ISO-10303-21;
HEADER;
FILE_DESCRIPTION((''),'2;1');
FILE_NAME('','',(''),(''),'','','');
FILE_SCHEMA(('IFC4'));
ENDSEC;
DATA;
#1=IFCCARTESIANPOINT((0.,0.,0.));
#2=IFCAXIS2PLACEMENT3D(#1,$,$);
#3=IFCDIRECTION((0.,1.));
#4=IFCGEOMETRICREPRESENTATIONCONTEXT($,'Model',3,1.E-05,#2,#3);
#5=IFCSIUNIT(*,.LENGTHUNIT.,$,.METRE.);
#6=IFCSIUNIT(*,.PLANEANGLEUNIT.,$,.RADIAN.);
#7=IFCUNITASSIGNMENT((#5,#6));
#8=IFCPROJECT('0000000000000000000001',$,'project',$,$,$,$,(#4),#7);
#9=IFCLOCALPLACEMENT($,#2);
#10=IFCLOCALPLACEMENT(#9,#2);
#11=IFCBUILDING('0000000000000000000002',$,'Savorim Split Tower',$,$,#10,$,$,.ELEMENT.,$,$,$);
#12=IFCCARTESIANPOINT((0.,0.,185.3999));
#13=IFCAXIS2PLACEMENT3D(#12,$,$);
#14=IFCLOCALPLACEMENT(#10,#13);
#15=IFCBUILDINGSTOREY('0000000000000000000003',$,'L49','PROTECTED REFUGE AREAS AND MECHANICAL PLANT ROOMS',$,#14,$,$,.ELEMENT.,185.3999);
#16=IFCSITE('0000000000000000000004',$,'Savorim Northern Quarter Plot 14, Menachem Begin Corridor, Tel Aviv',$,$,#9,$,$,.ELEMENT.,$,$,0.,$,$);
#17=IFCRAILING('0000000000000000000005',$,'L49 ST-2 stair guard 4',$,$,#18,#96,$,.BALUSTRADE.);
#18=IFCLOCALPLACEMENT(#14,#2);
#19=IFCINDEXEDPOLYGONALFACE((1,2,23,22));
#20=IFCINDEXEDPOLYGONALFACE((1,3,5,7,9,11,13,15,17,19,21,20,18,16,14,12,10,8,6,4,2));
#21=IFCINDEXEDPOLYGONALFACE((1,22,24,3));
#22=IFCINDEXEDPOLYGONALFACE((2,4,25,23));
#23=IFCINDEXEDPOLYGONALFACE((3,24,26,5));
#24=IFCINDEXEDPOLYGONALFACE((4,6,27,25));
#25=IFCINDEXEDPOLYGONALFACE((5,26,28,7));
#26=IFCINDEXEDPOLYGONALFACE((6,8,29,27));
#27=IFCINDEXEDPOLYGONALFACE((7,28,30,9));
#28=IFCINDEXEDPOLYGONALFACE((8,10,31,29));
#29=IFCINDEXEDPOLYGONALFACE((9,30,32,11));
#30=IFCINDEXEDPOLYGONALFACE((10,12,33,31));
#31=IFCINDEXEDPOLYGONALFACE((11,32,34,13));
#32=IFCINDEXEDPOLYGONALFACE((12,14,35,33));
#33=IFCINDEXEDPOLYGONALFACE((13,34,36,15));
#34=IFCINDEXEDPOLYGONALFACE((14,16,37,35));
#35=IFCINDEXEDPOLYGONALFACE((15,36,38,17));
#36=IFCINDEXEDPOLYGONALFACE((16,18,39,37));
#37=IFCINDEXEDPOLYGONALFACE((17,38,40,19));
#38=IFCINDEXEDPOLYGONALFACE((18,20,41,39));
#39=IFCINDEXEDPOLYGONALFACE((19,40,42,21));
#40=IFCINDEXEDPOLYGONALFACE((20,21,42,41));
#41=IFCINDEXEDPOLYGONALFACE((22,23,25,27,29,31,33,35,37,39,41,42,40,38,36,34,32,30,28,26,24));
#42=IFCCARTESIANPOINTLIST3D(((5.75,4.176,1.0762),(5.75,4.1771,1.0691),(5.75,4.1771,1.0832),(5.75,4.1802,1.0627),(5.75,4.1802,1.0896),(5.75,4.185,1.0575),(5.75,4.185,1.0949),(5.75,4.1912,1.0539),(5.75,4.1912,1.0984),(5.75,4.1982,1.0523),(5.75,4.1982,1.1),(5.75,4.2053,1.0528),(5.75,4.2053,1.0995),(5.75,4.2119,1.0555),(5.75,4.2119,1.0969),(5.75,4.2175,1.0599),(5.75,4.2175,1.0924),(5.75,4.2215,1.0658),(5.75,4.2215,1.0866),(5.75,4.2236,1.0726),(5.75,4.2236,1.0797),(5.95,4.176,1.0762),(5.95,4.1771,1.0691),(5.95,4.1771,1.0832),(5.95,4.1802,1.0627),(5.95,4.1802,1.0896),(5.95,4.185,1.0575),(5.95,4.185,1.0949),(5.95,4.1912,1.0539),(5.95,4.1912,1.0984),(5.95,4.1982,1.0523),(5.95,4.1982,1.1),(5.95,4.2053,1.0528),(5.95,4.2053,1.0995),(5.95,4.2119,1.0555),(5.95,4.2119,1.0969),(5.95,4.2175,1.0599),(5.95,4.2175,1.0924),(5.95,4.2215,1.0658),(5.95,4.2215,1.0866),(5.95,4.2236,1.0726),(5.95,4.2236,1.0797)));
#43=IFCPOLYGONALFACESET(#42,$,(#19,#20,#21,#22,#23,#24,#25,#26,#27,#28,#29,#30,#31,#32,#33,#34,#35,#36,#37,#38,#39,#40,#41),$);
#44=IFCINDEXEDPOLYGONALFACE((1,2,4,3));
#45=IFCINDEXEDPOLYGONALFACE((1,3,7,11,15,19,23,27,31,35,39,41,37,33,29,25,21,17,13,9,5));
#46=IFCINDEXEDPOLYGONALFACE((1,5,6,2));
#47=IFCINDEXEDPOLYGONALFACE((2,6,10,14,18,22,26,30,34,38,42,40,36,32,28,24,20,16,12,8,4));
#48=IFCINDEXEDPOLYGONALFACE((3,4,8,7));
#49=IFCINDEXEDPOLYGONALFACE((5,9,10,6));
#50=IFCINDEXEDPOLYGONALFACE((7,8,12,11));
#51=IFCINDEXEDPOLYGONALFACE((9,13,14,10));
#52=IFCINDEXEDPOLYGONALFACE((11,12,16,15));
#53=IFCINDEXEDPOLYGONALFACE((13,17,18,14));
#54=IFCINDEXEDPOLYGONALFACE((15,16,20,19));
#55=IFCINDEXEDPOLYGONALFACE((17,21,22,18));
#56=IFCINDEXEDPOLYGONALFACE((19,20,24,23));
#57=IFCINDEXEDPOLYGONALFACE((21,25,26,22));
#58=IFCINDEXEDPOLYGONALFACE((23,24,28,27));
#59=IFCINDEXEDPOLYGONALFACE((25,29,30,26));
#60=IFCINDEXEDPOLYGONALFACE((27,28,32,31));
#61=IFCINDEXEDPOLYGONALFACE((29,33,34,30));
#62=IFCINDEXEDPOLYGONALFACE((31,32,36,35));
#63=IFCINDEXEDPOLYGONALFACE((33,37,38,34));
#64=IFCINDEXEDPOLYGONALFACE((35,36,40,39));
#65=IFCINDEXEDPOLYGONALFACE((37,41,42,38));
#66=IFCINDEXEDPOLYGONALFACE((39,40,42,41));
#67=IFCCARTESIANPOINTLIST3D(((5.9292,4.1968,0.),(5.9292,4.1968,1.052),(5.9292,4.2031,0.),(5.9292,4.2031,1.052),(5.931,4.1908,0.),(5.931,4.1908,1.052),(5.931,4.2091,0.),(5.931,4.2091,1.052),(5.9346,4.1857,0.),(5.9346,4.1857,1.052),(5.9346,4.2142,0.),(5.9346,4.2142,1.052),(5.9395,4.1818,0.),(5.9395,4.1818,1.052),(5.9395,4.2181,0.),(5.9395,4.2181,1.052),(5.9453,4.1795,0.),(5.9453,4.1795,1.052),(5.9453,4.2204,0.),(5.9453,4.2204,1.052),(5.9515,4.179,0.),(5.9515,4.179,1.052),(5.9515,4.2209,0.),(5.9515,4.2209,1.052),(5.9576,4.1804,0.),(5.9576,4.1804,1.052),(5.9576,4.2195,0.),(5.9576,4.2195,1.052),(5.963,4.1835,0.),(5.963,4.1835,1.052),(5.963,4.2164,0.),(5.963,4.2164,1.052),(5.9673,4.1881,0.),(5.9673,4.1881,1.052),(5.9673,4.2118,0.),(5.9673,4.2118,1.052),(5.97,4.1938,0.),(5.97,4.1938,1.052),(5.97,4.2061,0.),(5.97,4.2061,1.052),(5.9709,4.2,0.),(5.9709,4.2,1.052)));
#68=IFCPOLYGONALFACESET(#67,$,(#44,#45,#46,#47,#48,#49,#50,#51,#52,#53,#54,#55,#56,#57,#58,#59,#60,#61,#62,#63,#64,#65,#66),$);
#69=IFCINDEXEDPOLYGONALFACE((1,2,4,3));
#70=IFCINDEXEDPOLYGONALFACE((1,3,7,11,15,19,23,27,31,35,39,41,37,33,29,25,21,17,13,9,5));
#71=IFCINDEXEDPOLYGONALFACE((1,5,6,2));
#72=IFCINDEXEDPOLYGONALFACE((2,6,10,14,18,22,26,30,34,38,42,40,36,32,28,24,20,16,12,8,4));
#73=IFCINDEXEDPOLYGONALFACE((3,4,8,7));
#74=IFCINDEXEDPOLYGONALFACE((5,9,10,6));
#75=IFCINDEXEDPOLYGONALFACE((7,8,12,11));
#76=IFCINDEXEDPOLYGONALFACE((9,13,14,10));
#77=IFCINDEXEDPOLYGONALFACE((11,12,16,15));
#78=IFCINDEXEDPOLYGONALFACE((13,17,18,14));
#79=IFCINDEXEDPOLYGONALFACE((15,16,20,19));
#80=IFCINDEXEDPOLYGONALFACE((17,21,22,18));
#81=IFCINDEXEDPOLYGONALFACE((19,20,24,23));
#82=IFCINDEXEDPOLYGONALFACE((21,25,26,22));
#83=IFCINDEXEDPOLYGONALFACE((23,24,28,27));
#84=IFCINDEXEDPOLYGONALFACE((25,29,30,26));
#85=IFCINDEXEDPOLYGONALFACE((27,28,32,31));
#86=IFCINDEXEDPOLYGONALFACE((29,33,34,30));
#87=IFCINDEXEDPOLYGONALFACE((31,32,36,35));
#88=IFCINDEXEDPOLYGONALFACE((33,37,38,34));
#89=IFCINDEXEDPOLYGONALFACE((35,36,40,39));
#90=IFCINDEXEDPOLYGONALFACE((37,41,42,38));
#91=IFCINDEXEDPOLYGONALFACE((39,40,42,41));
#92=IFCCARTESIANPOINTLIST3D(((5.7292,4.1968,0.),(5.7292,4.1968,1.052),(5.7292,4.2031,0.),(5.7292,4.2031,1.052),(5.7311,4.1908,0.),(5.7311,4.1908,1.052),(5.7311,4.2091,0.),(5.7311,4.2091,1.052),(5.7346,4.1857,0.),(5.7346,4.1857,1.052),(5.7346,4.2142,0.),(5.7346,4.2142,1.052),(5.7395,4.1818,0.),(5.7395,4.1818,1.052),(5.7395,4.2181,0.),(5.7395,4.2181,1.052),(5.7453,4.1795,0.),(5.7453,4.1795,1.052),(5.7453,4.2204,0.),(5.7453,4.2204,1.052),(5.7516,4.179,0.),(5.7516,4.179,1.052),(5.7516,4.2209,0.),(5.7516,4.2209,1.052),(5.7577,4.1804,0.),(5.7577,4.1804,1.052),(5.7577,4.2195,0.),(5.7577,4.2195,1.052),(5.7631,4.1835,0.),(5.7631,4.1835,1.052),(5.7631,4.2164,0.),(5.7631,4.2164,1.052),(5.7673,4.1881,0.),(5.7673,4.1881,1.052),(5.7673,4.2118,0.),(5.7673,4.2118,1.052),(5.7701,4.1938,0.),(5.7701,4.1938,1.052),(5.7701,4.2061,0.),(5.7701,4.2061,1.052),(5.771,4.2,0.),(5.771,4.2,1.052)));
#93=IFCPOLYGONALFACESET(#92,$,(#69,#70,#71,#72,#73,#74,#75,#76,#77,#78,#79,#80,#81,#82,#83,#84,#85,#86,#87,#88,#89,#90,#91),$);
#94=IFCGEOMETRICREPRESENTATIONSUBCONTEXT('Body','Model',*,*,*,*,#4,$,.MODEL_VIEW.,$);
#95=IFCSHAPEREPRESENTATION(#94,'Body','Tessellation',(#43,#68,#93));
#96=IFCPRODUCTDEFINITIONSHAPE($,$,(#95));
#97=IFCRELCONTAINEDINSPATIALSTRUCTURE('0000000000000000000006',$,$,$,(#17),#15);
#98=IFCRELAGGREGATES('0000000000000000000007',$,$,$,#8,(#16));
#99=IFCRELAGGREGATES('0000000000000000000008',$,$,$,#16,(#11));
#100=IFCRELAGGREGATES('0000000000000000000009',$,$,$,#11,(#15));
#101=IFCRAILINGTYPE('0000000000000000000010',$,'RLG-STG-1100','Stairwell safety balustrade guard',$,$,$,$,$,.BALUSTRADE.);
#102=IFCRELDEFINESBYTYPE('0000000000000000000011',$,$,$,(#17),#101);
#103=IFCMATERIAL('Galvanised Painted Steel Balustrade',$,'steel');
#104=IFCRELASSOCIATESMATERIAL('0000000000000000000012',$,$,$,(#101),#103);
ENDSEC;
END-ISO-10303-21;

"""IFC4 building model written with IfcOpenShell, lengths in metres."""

from ifc_helpers import new_model, si_unit, direction, frame, origin, origin_2d, place, context, subcontext, project, spatial, circle, extrude, material, type_object, element, save


model = new_model("IFC4")

# Units and contexts
model_context = context("Model", 3, precision=1e-05, world=origin(), true_north=direction((0.0, 1.0)))
body_context = subcontext(model_context, "Body", "Model", "MODEL_VIEW")
ifc_project = project(units=[si_unit("LENGTHUNIT", "METRE"), si_unit("PLANEANGLEUNIT", "RADIAN")], contexts=[model_context])

# Site, building, storey
site_placement = place(None, origin())
site = spatial("IfcSite", under=ifc_project, at=site_placement, Name="Savorim Northern Quarter Plot 14, Menachem Begin Corridor, Tel Aviv", CompositionType="ELEMENT", RefElevation=0.0)
building_placement = place(site_placement, origin())
building = spatial("IfcBuilding", under=site, at=building_placement, Name="Savorim Split Tower", CompositionType="ELEMENT")
storey_placement = place(building_placement, frame((0.0, 0.0, 185.3999)))
storey = spatial("IfcBuildingStorey", under=building, at=storey_placement, Name="L49", Description="PROTECTED REFUGE AREAS AND MECHANICAL PLANT ROOMS", CompositionType="ELEMENT", Elevation=185.3999)

# Shared definitions
ifc_material_1 = material(Name="Galvanised Painted Steel Balustrade", Category="steel")

# Railing
railing_type_1 = type_object("IfcRailingType", Name="RLG-STG-1100", Description="Stairwell safety balustrade guard", PredefinedType="BALUSTRADE", material=ifc_material_1)
railing_1_placement = place(storey_placement, frame((5.95, 4.2, 0.0)))
element("IfcRailing", 1, at=railing_1_placement, inside=storey, type_object=railing_type_1, Name="L49 ST-2 stair guard 4", PredefinedType="BALUSTRADE", context=body_context, shape_type="SweptSolid", body=[
    extrude(circle(Radius=0.0239, at=origin_2d()), frame((0.0, 0.0, 1.0762), z_axis=(-1.0, 0.0, 0.0), x_axis=(0.0, -1.0, 0.0)), (0.0, 0.0, 1.0), 0.2),
    extrude(circle(Radius=0.021, at=origin_2d()), origin(), (0.0, 0.0, 1.0), 1.052),
    extrude(circle(Radius=0.021, at=origin_2d()), frame((-0.2, 0.0, 0.0)), (0.0, 0.0, 1.0), 1.052),
])

save(model, "model.ifc")
